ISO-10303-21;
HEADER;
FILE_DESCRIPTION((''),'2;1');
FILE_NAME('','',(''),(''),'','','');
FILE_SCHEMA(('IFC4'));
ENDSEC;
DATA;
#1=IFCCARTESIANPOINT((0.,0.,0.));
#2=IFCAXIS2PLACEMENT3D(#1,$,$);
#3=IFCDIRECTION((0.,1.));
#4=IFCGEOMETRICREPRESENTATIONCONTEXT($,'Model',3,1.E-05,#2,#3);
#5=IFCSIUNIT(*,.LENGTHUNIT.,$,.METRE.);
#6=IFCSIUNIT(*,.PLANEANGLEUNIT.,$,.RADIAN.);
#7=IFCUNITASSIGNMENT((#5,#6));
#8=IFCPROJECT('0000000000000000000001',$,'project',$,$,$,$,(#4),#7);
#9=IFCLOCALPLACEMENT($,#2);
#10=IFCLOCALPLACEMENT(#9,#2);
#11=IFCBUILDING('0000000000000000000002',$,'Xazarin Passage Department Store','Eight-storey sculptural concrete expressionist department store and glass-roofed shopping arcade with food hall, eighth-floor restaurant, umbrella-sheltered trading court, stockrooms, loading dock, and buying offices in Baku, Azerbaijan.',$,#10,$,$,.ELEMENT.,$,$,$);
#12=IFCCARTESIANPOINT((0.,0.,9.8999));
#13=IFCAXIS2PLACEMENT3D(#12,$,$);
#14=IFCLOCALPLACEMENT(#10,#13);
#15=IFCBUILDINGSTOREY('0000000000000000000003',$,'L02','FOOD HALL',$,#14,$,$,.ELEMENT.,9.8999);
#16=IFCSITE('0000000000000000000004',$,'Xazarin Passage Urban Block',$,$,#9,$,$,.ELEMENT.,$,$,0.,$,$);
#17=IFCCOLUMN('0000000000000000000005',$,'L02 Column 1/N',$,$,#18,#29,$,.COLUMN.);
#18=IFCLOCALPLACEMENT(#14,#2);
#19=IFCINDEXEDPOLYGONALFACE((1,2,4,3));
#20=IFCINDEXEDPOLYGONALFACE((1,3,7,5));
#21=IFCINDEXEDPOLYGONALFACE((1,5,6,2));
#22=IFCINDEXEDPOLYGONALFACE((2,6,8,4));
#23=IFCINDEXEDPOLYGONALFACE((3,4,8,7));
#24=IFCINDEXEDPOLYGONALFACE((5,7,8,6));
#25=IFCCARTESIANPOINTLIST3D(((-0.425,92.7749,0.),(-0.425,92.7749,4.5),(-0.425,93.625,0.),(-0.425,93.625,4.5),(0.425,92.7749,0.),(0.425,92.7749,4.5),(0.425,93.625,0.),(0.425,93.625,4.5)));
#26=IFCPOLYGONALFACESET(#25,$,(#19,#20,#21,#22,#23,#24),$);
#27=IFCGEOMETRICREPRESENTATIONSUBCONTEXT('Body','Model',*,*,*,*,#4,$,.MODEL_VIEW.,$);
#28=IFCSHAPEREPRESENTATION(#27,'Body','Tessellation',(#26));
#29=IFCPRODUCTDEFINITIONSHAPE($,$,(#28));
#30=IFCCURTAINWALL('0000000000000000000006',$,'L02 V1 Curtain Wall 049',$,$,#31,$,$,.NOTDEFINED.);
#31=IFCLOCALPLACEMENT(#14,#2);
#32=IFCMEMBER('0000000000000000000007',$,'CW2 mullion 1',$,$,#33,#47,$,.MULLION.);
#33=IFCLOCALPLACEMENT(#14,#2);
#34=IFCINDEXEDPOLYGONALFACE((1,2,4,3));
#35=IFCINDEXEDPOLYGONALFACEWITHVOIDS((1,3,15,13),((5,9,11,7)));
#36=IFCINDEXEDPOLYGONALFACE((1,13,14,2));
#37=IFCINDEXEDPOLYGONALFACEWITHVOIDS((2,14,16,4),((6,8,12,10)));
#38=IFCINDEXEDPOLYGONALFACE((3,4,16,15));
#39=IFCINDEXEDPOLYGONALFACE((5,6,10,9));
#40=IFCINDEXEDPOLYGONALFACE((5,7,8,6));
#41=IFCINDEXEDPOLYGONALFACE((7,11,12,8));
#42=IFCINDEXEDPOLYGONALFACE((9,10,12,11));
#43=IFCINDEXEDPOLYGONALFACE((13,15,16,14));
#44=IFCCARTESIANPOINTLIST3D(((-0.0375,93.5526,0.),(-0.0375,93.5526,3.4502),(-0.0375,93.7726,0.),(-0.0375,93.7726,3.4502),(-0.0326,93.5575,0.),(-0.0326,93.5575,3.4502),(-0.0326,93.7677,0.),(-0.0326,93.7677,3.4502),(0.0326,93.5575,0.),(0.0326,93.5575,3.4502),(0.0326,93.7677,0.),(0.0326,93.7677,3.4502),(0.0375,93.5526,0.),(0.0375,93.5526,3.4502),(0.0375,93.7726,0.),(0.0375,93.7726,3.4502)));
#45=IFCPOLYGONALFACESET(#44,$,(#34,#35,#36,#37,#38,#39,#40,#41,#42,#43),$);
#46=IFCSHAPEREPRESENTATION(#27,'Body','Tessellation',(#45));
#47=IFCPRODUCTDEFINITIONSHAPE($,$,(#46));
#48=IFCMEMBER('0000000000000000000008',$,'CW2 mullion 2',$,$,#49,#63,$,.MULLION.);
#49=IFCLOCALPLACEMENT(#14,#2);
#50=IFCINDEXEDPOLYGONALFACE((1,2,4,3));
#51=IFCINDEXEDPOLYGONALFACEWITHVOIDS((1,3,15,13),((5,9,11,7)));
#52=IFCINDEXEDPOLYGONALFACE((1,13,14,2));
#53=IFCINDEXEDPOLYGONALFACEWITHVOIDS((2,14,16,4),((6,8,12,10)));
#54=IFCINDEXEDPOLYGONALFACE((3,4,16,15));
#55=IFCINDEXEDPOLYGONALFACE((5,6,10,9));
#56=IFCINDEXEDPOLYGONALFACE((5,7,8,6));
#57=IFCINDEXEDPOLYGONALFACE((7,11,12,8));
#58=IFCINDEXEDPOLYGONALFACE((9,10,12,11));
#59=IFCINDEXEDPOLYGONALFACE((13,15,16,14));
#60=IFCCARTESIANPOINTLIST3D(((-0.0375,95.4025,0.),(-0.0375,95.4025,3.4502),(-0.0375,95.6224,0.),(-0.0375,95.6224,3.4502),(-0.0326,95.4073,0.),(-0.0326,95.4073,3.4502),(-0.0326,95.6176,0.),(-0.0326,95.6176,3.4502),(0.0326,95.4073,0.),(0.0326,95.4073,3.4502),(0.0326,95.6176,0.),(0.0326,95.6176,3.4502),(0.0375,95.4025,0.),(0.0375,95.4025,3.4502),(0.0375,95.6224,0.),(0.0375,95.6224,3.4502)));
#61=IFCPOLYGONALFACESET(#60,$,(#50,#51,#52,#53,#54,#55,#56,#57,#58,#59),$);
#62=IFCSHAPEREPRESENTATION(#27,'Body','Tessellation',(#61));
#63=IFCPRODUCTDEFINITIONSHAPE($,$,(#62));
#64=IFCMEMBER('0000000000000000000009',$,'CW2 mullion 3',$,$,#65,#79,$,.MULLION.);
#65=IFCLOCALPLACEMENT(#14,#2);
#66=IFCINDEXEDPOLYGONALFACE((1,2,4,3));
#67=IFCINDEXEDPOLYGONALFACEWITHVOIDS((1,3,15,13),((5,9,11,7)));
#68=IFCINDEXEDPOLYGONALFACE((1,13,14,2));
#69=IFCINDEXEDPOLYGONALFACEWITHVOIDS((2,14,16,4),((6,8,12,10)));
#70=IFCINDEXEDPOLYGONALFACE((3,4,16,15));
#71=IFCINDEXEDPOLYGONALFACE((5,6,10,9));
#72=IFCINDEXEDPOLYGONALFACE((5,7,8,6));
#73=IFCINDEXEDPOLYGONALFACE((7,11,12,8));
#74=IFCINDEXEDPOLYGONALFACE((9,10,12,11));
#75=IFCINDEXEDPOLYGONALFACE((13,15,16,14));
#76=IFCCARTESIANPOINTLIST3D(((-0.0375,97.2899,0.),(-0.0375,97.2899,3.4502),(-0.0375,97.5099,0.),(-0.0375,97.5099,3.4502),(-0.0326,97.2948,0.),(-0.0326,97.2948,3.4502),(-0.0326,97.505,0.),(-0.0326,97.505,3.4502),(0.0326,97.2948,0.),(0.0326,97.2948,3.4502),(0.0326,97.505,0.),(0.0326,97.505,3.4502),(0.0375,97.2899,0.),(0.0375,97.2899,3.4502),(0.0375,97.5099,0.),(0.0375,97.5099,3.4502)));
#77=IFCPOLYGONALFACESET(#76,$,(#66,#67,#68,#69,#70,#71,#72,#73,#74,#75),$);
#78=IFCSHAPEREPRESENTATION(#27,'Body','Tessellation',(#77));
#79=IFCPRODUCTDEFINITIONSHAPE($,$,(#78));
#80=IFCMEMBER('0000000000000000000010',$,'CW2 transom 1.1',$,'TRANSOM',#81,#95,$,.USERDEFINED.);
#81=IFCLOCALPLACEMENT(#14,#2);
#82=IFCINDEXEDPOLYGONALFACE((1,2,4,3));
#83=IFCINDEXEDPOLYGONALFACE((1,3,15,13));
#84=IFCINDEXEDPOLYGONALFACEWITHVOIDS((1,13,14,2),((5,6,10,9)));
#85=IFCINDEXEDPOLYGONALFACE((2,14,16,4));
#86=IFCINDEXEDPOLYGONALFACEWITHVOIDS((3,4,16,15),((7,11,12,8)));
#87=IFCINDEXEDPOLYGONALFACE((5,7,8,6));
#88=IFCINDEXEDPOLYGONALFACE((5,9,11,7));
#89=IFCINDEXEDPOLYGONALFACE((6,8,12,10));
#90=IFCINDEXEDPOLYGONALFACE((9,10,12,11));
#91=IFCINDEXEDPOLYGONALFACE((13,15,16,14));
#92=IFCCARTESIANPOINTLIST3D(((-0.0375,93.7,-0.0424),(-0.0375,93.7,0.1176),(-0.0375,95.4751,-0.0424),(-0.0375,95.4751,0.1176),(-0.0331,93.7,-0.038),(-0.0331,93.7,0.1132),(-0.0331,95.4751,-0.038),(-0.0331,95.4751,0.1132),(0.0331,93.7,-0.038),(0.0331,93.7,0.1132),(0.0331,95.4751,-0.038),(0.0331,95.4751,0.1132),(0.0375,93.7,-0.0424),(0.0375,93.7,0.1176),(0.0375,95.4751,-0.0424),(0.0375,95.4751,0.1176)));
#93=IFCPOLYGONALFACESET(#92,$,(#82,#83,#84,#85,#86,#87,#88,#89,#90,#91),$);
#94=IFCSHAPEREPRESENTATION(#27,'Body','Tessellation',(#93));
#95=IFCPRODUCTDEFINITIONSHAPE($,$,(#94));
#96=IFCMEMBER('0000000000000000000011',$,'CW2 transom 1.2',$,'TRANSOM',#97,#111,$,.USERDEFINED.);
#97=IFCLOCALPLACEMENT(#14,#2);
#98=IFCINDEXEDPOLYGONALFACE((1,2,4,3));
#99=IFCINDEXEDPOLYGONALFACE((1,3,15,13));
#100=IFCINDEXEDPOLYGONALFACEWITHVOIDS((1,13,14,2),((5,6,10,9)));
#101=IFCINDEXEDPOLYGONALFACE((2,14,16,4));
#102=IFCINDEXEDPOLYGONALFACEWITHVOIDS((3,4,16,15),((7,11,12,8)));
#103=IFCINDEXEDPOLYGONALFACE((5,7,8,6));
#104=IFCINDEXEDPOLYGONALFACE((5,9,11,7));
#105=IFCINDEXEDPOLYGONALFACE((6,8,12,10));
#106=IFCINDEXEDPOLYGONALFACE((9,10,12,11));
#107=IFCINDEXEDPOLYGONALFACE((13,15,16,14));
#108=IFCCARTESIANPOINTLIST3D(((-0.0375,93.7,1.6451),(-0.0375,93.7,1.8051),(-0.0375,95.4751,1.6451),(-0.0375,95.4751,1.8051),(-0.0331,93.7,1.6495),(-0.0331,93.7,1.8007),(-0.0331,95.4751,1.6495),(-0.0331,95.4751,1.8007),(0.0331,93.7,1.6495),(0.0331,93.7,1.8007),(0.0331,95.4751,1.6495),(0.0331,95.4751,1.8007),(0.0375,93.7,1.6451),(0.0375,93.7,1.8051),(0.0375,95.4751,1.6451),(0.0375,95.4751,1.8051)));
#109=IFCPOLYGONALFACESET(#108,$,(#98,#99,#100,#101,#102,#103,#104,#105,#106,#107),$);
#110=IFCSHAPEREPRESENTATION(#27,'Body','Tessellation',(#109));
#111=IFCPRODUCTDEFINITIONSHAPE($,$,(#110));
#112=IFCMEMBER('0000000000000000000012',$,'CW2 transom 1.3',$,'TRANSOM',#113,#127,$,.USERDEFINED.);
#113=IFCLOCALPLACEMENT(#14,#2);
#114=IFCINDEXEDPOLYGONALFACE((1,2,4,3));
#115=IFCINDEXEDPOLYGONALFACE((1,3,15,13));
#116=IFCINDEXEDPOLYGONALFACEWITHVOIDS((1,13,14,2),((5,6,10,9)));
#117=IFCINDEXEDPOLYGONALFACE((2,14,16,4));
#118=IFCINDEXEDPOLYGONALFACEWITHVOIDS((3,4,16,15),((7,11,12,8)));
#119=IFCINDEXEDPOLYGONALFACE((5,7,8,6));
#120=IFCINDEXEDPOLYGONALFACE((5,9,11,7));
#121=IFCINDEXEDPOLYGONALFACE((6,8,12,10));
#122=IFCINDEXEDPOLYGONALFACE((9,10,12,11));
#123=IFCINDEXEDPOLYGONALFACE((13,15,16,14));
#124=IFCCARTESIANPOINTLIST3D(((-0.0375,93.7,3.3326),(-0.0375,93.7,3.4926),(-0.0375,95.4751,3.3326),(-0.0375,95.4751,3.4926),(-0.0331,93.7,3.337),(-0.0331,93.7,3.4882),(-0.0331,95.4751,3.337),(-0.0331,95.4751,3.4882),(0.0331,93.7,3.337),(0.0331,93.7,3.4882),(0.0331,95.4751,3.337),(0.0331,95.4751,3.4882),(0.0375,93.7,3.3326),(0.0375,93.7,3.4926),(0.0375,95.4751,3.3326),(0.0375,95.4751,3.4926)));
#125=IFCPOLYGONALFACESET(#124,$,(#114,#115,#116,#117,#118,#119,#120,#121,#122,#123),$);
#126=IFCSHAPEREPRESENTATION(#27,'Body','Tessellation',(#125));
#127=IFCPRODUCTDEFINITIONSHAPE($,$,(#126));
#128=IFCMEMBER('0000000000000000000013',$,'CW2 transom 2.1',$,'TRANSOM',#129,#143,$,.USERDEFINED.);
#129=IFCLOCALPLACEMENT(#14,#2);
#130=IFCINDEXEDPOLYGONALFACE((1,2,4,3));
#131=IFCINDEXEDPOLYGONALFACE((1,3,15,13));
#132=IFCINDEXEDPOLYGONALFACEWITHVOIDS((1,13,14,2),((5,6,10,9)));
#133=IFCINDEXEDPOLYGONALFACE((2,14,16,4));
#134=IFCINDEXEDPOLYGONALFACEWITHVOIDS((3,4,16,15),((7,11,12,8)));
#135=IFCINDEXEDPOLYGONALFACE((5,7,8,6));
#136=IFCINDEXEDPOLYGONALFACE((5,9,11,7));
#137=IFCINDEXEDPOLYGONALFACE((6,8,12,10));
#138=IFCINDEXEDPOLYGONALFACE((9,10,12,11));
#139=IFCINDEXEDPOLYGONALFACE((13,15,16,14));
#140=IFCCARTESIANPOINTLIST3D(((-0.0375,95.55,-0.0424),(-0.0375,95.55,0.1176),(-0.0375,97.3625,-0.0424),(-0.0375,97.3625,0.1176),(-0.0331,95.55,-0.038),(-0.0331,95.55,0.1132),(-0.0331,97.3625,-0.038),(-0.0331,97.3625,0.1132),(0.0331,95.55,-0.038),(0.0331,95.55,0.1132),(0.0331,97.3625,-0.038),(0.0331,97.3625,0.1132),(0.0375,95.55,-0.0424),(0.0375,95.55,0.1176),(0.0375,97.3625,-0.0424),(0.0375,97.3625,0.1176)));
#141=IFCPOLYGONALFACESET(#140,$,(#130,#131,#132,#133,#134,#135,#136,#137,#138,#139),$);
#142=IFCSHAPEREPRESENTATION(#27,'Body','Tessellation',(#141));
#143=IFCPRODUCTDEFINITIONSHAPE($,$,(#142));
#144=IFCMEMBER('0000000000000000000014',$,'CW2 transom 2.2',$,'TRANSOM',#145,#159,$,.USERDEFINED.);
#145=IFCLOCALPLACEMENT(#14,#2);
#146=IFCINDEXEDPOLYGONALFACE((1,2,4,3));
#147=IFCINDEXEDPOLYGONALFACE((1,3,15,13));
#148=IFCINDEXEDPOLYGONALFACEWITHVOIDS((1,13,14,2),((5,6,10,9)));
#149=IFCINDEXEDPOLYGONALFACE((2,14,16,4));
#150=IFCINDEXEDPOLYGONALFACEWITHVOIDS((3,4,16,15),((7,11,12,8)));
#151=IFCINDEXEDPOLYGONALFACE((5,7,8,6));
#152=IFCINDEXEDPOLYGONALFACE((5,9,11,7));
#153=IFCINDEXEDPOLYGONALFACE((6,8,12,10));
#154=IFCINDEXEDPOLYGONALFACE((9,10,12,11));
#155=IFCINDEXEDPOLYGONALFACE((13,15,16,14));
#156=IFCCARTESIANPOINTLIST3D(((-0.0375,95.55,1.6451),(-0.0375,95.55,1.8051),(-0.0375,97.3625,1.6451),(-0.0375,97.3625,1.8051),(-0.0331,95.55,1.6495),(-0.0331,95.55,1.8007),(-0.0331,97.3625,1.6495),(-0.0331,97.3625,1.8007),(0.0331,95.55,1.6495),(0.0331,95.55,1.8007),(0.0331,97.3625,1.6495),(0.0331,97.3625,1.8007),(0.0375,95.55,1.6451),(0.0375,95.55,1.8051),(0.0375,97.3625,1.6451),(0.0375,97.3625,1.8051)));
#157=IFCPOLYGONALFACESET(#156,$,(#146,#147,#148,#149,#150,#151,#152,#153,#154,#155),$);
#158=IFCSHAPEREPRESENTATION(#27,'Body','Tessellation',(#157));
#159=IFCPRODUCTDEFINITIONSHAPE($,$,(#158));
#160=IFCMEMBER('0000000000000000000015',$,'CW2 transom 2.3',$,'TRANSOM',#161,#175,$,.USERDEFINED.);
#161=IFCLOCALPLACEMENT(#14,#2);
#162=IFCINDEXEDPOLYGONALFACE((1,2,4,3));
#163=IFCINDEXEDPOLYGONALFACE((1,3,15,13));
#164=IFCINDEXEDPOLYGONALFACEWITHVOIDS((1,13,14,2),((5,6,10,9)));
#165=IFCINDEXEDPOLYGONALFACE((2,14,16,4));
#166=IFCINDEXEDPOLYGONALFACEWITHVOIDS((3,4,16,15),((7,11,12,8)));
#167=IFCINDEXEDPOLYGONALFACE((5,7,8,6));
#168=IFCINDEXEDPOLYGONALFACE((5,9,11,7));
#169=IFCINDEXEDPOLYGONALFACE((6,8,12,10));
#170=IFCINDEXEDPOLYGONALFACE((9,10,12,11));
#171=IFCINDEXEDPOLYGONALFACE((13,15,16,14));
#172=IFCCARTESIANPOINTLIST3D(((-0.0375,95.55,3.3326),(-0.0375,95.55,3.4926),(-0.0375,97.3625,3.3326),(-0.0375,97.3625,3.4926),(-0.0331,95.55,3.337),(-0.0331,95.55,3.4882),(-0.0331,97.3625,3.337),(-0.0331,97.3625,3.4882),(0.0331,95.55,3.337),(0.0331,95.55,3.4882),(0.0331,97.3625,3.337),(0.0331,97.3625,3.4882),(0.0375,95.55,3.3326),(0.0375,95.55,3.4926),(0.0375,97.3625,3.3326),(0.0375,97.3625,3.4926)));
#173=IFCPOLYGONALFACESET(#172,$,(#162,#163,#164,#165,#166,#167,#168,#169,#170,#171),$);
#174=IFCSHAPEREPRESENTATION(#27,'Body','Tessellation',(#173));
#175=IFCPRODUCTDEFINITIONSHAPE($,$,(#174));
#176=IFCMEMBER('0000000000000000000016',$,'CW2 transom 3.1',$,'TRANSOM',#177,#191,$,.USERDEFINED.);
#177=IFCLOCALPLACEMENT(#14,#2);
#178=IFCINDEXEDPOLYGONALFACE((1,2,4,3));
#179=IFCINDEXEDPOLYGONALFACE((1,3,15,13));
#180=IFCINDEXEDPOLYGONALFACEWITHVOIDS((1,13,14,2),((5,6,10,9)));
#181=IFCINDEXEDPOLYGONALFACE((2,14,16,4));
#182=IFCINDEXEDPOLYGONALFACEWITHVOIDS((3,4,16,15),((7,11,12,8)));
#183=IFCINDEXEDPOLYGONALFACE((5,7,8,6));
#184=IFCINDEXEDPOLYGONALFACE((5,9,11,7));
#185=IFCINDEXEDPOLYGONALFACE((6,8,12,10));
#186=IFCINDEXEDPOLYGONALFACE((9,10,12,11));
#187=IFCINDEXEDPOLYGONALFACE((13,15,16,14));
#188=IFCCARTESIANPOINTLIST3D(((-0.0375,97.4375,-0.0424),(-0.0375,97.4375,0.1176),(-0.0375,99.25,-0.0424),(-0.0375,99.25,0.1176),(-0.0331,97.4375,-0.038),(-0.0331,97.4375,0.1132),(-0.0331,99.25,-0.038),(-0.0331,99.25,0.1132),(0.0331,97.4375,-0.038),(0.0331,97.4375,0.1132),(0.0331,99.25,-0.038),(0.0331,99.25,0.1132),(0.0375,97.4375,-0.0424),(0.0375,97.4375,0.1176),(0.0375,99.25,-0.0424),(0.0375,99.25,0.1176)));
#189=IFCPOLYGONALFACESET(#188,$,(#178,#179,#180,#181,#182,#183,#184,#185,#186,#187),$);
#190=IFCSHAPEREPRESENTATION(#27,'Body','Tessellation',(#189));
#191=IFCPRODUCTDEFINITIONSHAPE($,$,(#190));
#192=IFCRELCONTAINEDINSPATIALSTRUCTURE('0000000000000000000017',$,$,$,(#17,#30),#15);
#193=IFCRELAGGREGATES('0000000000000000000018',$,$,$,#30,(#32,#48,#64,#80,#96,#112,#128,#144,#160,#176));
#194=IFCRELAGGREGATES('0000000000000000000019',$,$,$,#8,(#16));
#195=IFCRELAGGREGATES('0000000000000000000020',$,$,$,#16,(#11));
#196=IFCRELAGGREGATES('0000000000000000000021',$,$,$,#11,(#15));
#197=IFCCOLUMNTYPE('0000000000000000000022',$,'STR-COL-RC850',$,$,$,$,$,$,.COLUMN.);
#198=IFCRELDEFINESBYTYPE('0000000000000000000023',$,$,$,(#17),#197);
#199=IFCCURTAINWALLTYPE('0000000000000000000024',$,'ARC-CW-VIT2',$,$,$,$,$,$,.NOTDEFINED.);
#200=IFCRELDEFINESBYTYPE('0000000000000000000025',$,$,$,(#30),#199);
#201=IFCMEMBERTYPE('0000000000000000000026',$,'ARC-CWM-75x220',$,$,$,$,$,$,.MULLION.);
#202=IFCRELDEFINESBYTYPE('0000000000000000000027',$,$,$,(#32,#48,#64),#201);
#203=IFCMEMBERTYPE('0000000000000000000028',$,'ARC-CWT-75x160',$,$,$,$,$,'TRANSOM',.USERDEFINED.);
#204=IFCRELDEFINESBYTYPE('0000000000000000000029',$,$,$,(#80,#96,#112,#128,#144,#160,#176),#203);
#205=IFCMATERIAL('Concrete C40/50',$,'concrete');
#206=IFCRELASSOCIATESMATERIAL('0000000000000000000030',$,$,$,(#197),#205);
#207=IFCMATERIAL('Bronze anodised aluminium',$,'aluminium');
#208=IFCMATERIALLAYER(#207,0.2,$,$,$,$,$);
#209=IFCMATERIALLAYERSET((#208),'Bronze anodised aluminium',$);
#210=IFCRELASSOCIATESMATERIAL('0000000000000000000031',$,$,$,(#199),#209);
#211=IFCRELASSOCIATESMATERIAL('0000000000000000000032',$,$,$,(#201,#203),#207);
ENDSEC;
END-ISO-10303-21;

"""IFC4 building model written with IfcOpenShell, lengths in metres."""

from ifc_helpers import new_model, si_unit, direction, frame, origin, origin_2d, place, context, subcontext, project, spatial, rectangle, hollow_rectangle, extrude, material, layer, layer_set, material_profile, profile_set, type_object, element, aggregate, save


model = new_model("IFC4")

# Units and contexts
model_context = context("Model", 3, precision=1e-05, world=origin(), true_north=direction((0.0, 1.0)))
body_context = subcontext(model_context, "Body", "Model", "MODEL_VIEW")
ifc_project = project(units=[si_unit("LENGTHUNIT", "METRE"), si_unit("PLANEANGLEUNIT", "RADIAN")], contexts=[model_context])

# Site, building, storey
site_placement = place(None, origin())
site = spatial("IfcSite", under=ifc_project, at=site_placement, Name="Xazarin Passage Urban Block", CompositionType="ELEMENT", RefElevation=0.0)
building_placement = place(site_placement, origin())
building = spatial("IfcBuilding", under=site, at=building_placement, Name="Xazarin Passage Department Store", Description="Eight-storey sculptural concrete expressionist department store and glass-roofed shopping arcade with food hall, eighth-floor restaurant, umbrella-sheltered trading court, stockrooms, loading dock, and buying offices in Baku, Azerbaijan.", CompositionType="ELEMENT")
storey_placement = place(building_placement, frame((0.0, 0.0, 9.8999)))
storey = spatial("IfcBuildingStorey", under=building, at=storey_placement, Name="L02", Description="FOOD HALL", CompositionType="ELEMENT", Elevation=9.8999)

# Column
ifc_material_1 = material(Name="Concrete C40/50", Category="concrete")
ifc_material_profile_1 = material_profile(ifc_material_1, rectangle(XDim=0.8501, YDim=0.8501, at=origin_2d()), Name="RC 850x850")
ifc_profile_set_1 = profile_set([ifc_material_profile_1], Name="Concrete C40/50")
column_type = type_object("IfcColumnType", Name="STR-COL-RC850", PredefinedType="COLUMN", material=ifc_profile_set_1)
column_placement = place(storey_placement, frame((0.0, 93.2, 0.0), z_axis=(0.0, 0.0, 1.0), x_axis=(1.0, 0.0, 0.0)))
element("IfcColumn", 1, at=column_placement, inside=storey, type_object=column_type, Name="L02 Column 1/N", PredefinedType="COLUMN", context=body_context, shape_type="SweptSolid", body=[
    extrude(rectangle(XDim=0.8501, YDim=0.8501, at=origin_2d()), origin(), (0.0, 0.0, 1.0), 4.5),
])

# Curtain wall, members
ifc_material_2 = material(Name="Bronze anodised aluminium", Category="aluminium")
ifc_layer_1 = layer(ifc_material_2, 0.2)
ifc_layer_set_1 = layer_set([ifc_layer_1], Name="Bronze anodised aluminium")
curtain_wall_type = type_object("IfcCurtainWallType", Name="ARC-CW-VIT2", PredefinedType="NOTDEFINED", material=ifc_layer_set_1)
curtain_wall_placement = place(storey_placement, origin())
curtain_wall = element("IfcCurtainWall", 2, at=curtain_wall_placement, inside=storey, type_object=curtain_wall_type, Name="L02 V1 Curtain Wall 049", PredefinedType="NOTDEFINED")
ifc_material_profile_2 = material_profile(ifc_material_2, hollow_rectangle(XDim=0.075, YDim=0.22, WallThickness=0.0049, at=origin_2d()), Name="ALU 75x220")
ifc_profile_set_2 = profile_set([ifc_material_profile_2], Name="Bronze anodised aluminium")
member_type_1 = type_object("IfcMemberType", Name="ARC-CWM-75x220", PredefinedType="MULLION", material=ifc_profile_set_2)
member_1_placement = place(storey_placement, frame((0.0, 93.6626, 0.0), z_axis=(0.0, 0.0, 1.0), x_axis=(-1.0, 0.0, 0.0)))
member_1 = element("IfcMember", 3, at=member_1_placement, type_object=member_type_1, Name="CW2 mullion 1", PredefinedType="MULLION", context=body_context, shape_type="SweptSolid", body=[
    extrude(hollow_rectangle(XDim=0.075, YDim=0.22, WallThickness=0.0049, at=origin_2d()), origin(), (0.0, 0.0, 1.0), 3.4502),
])
member_2_placement = place(storey_placement, frame((0.0, 95.5125, 0.0), z_axis=(0.0, 0.0, 1.0), x_axis=(-1.0, 0.0, 0.0)))
member_2 = element("IfcMember", 4, at=member_2_placement, type_object=member_type_1, Name="CW2 mullion 2", PredefinedType="MULLION", context=body_context, shape_type="SweptSolid", body=[
    extrude(hollow_rectangle(XDim=0.075, YDim=0.22, WallThickness=0.0049, at=origin_2d()), origin(), (0.0, 0.0, 1.0), 3.4502),
])
member_3_placement = place(storey_placement, frame((0.0, 97.3999, 0.0), z_axis=(0.0, 0.0, 1.0), x_axis=(-1.0, 0.0, 0.0)))
member_3 = element("IfcMember", 5, at=member_3_placement, type_object=member_type_1, Name="CW2 mullion 3", PredefinedType="MULLION", context=body_context, shape_type="SweptSolid", body=[
    extrude(hollow_rectangle(XDim=0.075, YDim=0.22, WallThickness=0.0049, at=origin_2d()), origin(), (0.0, 0.0, 1.0), 3.4502),
])
ifc_material_profile_3 = material_profile(ifc_material_2, hollow_rectangle(XDim=0.075, YDim=0.1599, WallThickness=0.0044, at=origin_2d()), Name="ALU 75x160")
ifc_profile_set_3 = profile_set([ifc_material_profile_3], Name="Bronze anodised aluminium")
member_type_2 = type_object("IfcMemberType", Name="ARC-CWT-75x160", ElementType="TRANSOM", PredefinedType="USERDEFINED", material=ifc_profile_set_3)
member_4_placement = place(storey_placement, frame((0.0, 93.7, 0.0376), z_axis=(0.0, 1.0, 0.0), x_axis=(-1.0, 0.0, 0.0)))
member_4 = element("IfcMember", 6, at=member_4_placement, type_object=member_type_2, Name="CW2 transom 1.1", ObjectType="TRANSOM", PredefinedType="USERDEFINED", context=body_context, shape_type="SweptSolid", body=[
    extrude(hollow_rectangle(XDim=0.075, YDim=0.1599, WallThickness=0.0044, at=origin_2d()), origin(), (0.0, 0.0, 1.0), 1.7751),
])
member_5_placement = place(storey_placement, frame((0.0, 93.7, 1.7251), z_axis=(0.0, 1.0, 0.0), x_axis=(-1.0, 0.0, 0.0)))
member_5 = element("IfcMember", 7, at=member_5_placement, type_object=member_type_2, Name="CW2 transom 1.2", ObjectType="TRANSOM", PredefinedType="USERDEFINED", context=body_context, shape_type="SweptSolid", body=[
    extrude(hollow_rectangle(XDim=0.075, YDim=0.1599, WallThickness=0.0044, at=origin_2d()), origin(), (0.0, 0.0, 1.0), 1.7751),
])
member_6_placement = place(storey_placement, frame((0.0, 93.7, 3.4126), z_axis=(0.0, 1.0, 0.0), x_axis=(-1.0, 0.0, 0.0)))
member_6 = element("IfcMember", 8, at=member_6_placement, type_object=member_type_2, Name="CW2 transom 1.3", ObjectType="TRANSOM", PredefinedType="USERDEFINED", context=body_context, shape_type="SweptSolid", body=[
    extrude(hollow_rectangle(XDim=0.075, YDim=0.1599, WallThickness=0.0044, at=origin_2d()), origin(), (0.0, 0.0, 1.0), 1.7751),
])
member_7_placement = place(storey_placement, frame((0.0, 95.55, 0.0376), z_axis=(0.0, 1.0, 0.0), x_axis=(-1.0, 0.0, 0.0)))
member_7 = element("IfcMember", 9, at=member_7_placement, type_object=member_type_2, Name="CW2 transom 2.1", ObjectType="TRANSOM", PredefinedType="USERDEFINED", context=body_context, shape_type="SweptSolid", body=[
    extrude(hollow_rectangle(XDim=0.075, YDim=0.1599, WallThickness=0.0044, at=origin_2d()), origin(), (0.0, 0.0, 1.0), 1.8125),
])
member_8_placement = place(storey_placement, frame((0.0, 95.55, 1.7251), z_axis=(0.0, 1.0, 0.0), x_axis=(-1.0, 0.0, 0.0)))
member_8 = element("IfcMember", 10, at=member_8_placement, type_object=member_type_2, Name="CW2 transom 2.2", ObjectType="TRANSOM", PredefinedType="USERDEFINED", context=body_context, shape_type="SweptSolid", body=[
    extrude(hollow_rectangle(XDim=0.075, YDim=0.1599, WallThickness=0.0044, at=origin_2d()), origin(), (0.0, 0.0, 1.0), 1.8125),
])
member_9_placement = place(storey_placement, frame((0.0, 95.55, 3.4126), z_axis=(0.0, 1.0, 0.0), x_axis=(-1.0, 0.0, 0.0)))
member_9 = element("IfcMember", 11, at=member_9_placement, type_object=member_type_2, Name="CW2 transom 2.3", ObjectType="TRANSOM", PredefinedType="USERDEFINED", context=body_context, shape_type="SweptSolid", body=[
    extrude(hollow_rectangle(XDim=0.075, YDim=0.1599, WallThickness=0.0044, at=origin_2d()), origin(), (0.0, 0.0, 1.0), 1.8125),
])
member_10_placement = place(storey_placement, frame((0.0, 97.4375, 0.0376), z_axis=(0.0, 1.0, 0.0), x_axis=(-1.0, 0.0, 0.0)))
member_10 = element("IfcMember", 12, at=member_10_placement, type_object=member_type_2, Name="CW2 transom 3.1", ObjectType="TRANSOM", PredefinedType="USERDEFINED", context=body_context, shape_type="SweptSolid", body=[
    extrude(hollow_rectangle(XDim=0.075, YDim=0.1599, WallThickness=0.0044, at=origin_2d()), origin(), (0.0, 0.0, 1.0), 1.8125),
])

aggregate(curtain_wall, [member_1, member_2, member_3, member_4, member_5, member_6, member_7, member_8, member_9, member_10])

save(model, "model.ifc")
